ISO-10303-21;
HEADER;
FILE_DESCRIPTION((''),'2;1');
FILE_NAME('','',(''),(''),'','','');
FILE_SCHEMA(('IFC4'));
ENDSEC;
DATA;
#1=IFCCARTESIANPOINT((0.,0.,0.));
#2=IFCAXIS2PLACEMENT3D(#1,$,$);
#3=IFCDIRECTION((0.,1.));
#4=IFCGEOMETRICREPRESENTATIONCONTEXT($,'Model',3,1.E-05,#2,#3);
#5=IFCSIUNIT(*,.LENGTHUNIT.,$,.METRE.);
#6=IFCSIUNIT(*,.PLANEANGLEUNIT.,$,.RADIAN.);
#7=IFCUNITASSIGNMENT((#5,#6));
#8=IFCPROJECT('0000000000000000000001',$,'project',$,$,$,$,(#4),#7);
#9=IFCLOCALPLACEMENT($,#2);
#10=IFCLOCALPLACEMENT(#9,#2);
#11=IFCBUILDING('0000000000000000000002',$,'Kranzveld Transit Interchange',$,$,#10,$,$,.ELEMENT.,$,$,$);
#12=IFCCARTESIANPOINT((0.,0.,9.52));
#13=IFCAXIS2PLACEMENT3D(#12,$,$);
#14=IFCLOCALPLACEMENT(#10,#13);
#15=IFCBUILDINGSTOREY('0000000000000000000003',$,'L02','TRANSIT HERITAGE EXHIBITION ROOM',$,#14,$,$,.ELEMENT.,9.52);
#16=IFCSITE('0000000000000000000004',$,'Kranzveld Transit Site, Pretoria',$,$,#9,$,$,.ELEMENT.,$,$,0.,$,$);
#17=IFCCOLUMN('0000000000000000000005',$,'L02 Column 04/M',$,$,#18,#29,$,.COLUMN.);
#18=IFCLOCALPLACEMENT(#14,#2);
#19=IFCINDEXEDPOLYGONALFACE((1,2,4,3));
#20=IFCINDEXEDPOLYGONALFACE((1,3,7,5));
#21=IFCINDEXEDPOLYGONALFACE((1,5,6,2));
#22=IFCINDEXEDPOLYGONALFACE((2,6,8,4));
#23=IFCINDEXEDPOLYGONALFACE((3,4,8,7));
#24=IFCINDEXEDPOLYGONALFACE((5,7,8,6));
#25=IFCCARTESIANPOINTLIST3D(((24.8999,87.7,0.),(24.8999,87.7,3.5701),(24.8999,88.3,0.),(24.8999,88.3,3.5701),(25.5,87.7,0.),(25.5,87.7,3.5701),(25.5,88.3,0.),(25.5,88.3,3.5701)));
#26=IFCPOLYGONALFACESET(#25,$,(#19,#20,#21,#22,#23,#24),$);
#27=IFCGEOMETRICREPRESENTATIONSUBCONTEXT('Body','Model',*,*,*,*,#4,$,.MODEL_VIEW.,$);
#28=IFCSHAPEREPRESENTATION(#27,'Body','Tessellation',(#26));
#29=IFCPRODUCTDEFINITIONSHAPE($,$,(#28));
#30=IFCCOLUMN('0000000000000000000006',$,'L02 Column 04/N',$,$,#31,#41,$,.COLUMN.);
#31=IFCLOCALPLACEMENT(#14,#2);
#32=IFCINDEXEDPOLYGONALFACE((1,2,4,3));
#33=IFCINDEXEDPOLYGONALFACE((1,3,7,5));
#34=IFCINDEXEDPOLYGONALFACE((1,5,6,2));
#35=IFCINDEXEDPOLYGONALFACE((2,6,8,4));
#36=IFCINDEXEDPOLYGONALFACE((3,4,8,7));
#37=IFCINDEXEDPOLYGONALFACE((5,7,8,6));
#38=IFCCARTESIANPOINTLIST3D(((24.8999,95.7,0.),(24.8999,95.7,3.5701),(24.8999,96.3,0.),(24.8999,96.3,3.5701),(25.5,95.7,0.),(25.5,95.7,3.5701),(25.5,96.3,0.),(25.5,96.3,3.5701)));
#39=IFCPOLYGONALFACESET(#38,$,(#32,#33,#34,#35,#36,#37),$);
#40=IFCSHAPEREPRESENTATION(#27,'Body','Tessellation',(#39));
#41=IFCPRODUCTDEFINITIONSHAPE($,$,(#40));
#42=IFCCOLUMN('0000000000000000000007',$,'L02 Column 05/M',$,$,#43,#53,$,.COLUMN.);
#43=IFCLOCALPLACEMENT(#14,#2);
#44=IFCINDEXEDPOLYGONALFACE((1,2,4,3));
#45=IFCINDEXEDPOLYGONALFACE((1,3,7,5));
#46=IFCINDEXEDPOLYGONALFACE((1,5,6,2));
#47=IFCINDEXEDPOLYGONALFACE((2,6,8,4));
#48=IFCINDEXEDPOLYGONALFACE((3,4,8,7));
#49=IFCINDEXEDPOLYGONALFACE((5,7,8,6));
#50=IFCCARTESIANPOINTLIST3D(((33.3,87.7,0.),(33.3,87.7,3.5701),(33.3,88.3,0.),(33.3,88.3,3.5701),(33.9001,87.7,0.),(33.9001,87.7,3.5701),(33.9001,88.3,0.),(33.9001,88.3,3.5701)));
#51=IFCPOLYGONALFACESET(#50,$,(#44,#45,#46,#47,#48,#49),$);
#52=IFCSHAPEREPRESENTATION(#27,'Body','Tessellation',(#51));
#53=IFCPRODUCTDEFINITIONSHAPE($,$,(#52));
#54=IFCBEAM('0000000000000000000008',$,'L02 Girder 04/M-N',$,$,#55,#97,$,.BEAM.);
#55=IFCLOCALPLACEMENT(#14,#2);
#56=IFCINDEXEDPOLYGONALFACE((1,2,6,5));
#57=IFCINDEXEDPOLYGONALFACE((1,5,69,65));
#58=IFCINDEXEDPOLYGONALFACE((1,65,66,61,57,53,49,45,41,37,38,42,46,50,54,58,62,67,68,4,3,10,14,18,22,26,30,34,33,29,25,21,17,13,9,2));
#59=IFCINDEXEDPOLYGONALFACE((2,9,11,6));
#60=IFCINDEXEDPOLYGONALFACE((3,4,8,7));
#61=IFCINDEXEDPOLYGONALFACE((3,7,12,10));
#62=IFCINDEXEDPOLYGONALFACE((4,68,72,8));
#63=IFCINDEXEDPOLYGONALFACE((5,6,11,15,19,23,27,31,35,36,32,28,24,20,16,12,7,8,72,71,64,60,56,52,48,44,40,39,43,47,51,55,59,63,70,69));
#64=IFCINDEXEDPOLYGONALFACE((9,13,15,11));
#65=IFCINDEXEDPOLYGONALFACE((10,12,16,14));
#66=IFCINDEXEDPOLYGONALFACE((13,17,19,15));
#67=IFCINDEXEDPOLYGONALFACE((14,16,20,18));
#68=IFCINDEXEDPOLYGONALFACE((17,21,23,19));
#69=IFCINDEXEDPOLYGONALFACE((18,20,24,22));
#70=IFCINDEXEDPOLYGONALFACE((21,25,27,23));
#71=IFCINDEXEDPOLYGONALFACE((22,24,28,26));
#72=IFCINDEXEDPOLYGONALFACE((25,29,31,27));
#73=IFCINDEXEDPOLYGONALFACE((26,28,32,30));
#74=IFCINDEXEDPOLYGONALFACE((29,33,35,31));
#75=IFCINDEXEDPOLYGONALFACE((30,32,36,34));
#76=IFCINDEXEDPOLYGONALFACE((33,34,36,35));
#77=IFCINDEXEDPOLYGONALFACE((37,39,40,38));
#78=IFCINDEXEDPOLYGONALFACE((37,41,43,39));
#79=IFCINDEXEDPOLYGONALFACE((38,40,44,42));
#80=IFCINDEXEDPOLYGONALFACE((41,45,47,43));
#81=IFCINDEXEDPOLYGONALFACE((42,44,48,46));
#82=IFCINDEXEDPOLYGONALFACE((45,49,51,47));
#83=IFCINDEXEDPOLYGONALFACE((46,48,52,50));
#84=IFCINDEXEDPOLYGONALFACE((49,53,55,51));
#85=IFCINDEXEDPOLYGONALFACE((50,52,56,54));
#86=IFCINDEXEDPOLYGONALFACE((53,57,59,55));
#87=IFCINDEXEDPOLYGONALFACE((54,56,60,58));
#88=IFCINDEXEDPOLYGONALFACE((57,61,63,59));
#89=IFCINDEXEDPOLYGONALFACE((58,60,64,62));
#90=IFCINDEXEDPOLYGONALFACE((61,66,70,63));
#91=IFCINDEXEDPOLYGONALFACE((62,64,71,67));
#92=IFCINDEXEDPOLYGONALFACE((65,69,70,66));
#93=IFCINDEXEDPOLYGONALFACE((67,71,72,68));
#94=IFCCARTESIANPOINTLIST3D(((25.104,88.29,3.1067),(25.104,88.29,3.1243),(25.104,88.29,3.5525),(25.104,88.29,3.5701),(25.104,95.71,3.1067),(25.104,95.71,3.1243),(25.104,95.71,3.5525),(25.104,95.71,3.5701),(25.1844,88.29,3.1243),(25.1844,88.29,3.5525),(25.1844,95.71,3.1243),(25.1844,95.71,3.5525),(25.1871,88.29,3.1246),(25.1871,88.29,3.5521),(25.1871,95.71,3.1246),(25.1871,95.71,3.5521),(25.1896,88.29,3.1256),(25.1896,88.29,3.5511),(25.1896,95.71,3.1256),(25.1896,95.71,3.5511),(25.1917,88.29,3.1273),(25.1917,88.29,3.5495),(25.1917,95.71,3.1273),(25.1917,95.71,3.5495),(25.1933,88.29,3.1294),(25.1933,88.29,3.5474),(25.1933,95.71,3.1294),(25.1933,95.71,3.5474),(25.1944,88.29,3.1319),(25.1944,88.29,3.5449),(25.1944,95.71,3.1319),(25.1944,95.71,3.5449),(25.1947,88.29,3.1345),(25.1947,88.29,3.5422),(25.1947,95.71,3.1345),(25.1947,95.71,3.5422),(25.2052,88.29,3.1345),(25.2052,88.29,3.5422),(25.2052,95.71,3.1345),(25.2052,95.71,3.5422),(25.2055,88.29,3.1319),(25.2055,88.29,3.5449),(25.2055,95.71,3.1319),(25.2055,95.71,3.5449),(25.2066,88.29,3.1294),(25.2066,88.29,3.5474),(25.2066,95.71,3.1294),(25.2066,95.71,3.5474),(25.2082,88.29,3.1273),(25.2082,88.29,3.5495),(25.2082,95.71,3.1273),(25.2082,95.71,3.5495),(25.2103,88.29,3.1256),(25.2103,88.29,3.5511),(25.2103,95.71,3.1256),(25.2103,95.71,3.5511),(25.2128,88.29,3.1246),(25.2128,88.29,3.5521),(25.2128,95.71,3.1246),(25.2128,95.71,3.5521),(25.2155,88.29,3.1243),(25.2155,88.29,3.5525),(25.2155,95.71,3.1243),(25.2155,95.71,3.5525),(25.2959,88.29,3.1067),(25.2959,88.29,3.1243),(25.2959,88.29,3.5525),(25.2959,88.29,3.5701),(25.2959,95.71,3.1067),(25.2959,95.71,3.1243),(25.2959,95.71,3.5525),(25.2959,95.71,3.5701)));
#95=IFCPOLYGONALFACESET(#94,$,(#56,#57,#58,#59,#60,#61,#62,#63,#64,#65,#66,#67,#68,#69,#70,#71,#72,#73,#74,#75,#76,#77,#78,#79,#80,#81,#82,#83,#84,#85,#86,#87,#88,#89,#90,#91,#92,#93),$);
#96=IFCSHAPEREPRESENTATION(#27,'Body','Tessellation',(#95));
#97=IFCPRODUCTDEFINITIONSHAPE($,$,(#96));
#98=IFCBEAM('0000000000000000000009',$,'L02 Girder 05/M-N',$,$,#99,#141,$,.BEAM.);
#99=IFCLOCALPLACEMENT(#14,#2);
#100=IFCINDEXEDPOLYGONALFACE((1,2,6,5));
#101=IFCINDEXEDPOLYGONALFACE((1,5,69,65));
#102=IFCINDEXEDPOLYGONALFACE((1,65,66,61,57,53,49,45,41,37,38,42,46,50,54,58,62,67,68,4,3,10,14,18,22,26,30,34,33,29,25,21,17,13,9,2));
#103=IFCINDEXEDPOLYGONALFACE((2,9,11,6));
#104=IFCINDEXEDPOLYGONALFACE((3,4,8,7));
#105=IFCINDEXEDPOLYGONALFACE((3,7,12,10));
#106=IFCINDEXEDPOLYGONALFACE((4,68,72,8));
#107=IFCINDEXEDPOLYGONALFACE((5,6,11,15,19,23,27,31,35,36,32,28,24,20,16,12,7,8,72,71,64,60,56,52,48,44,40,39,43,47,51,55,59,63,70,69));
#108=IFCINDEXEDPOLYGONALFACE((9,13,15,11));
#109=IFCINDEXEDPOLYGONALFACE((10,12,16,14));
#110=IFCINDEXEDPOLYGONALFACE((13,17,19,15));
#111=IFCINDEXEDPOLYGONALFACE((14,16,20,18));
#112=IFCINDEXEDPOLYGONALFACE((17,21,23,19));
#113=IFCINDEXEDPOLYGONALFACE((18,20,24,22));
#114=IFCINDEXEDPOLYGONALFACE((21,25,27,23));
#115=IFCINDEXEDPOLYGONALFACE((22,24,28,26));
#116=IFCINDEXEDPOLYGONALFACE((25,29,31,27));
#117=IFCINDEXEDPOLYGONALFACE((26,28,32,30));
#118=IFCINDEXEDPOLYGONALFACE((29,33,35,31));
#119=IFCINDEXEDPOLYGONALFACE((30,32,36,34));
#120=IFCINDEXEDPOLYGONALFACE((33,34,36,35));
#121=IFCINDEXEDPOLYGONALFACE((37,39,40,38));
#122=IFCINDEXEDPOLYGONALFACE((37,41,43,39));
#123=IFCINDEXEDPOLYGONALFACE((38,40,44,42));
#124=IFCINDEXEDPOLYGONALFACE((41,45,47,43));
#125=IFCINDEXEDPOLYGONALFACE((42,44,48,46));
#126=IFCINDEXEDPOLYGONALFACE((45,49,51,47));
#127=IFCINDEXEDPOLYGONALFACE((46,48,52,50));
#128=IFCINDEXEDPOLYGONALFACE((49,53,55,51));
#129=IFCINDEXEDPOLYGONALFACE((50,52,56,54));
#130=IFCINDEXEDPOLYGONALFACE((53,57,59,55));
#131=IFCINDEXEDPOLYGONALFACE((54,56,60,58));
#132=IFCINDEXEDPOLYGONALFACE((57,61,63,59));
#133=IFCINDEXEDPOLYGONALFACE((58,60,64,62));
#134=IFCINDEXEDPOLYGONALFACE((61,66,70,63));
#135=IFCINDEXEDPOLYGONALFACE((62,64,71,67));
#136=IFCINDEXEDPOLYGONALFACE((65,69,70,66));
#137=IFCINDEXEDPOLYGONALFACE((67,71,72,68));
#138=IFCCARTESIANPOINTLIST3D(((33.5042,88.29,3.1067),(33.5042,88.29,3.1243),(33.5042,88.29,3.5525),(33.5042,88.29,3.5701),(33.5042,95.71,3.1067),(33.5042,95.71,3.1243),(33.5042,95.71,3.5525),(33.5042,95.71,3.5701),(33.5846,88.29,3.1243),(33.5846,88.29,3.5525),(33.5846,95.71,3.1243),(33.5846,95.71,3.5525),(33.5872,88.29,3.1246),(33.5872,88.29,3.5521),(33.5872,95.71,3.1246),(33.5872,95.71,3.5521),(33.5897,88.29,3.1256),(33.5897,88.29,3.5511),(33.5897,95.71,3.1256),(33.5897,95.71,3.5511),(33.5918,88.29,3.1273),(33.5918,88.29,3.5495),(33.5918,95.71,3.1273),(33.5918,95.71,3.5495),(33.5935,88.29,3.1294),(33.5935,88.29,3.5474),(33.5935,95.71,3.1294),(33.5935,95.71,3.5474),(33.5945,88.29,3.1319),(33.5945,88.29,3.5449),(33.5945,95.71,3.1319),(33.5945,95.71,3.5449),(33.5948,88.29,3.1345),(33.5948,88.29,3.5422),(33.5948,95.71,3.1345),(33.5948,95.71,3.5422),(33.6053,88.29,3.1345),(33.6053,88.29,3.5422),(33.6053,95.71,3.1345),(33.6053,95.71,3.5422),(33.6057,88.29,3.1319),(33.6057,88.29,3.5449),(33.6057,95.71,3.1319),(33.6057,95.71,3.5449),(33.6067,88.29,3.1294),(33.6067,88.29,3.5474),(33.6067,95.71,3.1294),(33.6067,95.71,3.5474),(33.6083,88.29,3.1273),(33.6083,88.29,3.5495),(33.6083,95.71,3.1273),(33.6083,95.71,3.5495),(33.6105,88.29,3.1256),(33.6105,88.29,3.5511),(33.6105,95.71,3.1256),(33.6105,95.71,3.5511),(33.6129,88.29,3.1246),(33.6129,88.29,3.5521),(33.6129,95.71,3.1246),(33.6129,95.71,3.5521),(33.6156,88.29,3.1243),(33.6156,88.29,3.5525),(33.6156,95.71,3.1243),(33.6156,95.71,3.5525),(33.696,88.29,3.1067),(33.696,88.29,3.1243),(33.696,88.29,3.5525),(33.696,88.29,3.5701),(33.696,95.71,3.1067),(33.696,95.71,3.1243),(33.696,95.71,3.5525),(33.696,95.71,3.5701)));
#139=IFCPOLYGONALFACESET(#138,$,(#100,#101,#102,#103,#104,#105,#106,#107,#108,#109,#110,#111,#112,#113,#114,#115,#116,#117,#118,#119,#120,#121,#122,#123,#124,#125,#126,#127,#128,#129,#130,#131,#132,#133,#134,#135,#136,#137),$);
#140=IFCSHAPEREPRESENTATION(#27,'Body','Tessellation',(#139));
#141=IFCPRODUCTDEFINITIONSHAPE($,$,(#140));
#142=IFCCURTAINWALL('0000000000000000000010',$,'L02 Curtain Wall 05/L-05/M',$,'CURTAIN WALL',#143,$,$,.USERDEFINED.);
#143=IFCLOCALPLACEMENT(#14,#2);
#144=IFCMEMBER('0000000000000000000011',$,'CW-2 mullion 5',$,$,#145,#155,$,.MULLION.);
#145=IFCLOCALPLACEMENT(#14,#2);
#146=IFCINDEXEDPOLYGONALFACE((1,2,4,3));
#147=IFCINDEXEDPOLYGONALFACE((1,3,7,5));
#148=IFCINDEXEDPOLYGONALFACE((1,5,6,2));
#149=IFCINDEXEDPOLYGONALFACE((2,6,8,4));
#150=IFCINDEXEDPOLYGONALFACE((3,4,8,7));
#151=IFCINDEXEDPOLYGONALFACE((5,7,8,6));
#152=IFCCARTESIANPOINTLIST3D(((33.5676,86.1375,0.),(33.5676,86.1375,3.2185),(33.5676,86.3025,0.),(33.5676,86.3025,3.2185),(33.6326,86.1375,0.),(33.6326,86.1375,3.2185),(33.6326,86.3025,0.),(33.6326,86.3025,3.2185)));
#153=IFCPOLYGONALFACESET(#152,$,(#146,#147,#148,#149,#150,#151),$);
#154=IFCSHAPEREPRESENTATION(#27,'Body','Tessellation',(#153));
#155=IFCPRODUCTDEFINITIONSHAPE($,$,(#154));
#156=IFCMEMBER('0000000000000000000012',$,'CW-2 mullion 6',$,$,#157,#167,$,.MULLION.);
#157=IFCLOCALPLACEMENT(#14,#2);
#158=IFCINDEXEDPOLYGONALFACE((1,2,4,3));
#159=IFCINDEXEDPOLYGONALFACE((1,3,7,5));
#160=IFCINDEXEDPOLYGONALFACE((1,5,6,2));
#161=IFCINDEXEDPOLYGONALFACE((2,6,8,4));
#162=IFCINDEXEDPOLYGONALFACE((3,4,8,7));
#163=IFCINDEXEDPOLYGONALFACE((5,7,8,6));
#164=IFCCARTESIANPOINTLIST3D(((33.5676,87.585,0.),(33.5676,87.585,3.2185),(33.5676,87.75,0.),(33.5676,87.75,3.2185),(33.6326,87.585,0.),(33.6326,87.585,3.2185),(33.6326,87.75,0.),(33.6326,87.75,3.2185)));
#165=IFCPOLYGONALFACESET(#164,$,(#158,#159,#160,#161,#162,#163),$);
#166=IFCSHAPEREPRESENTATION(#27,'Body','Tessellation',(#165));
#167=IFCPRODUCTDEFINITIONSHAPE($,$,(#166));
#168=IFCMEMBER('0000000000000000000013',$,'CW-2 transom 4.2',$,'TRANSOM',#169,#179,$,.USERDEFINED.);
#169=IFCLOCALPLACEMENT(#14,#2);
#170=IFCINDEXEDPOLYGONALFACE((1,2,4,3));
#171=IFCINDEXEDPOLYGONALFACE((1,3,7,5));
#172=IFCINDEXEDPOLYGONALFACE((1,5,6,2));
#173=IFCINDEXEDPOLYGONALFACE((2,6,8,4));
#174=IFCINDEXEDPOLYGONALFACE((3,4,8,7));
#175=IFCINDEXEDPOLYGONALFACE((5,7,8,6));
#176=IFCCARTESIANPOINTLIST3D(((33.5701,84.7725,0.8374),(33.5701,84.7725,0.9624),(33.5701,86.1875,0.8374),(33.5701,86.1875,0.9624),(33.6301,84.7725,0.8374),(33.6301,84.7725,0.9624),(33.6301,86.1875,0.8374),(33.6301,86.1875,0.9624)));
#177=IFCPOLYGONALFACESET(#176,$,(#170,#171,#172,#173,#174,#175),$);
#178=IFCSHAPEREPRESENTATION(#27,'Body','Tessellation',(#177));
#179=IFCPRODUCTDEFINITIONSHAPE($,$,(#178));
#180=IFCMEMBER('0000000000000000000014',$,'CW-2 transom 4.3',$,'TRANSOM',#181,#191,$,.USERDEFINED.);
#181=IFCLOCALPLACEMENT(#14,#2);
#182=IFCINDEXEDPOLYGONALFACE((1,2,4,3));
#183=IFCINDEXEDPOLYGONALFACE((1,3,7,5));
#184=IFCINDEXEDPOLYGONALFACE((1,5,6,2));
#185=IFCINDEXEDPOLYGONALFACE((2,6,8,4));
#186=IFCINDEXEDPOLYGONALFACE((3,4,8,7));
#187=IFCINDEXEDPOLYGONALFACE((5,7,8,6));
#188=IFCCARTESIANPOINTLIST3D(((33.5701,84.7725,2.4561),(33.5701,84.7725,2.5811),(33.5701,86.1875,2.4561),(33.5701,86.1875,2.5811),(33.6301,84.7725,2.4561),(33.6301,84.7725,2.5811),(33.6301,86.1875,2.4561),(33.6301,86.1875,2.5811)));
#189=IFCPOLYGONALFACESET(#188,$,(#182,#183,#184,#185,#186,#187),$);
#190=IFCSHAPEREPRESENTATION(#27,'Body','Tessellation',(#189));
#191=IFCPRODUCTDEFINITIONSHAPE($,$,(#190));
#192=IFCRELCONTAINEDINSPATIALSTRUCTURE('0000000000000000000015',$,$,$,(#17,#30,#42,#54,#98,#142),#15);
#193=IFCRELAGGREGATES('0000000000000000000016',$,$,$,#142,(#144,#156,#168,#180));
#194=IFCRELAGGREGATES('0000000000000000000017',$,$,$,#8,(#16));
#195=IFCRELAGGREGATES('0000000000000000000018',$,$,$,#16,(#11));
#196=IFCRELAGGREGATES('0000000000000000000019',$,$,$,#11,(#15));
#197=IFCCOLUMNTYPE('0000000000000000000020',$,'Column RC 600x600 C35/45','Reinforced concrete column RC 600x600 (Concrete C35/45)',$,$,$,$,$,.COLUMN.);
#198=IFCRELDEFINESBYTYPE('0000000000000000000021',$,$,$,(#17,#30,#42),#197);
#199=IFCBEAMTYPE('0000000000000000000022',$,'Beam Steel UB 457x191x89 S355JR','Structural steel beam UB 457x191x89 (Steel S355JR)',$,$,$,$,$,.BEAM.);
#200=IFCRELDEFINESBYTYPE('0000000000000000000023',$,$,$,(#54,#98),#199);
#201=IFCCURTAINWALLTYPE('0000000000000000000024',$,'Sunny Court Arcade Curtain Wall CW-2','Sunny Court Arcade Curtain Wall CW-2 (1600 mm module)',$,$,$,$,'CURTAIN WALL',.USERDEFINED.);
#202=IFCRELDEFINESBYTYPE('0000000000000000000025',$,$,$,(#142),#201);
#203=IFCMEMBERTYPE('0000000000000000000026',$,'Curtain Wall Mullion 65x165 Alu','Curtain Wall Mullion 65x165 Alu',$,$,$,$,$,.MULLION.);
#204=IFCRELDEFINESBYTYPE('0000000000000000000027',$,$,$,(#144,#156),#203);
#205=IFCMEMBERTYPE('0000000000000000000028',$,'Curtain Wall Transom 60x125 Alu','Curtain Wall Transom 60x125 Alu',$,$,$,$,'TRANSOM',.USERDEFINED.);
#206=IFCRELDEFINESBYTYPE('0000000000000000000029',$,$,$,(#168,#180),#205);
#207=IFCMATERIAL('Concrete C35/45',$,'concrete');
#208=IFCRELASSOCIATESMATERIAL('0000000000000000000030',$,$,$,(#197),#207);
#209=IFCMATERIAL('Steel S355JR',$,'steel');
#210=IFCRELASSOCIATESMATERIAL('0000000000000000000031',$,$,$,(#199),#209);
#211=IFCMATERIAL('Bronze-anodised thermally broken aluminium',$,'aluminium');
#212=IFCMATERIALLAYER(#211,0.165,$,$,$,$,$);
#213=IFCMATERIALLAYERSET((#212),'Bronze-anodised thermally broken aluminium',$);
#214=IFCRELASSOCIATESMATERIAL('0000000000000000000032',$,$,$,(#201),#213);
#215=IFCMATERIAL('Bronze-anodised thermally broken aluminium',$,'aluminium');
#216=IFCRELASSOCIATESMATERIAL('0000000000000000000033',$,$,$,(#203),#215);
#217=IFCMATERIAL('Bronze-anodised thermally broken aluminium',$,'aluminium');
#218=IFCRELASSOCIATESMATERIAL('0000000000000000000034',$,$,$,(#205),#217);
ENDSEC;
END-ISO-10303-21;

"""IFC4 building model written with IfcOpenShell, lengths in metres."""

from ifc_helpers import new_model, si_unit, direction, frame, origin, origin_2d, place, context, subcontext, project, spatial, rectangle, i_section, extrude, material, layer, layer_set, material_profile, profile_set, type_object, element, aggregate, save


model = new_model("IFC4")

# Units and contexts
model_context = context("Model", 3, precision=1e-05, world=origin(), true_north=direction((0.0, 1.0)))
body_context = subcontext(model_context, "Body", "Model", "MODEL_VIEW")
ifc_project = project(units=[si_unit("LENGTHUNIT", "METRE"), si_unit("PLANEANGLEUNIT", "RADIAN")], contexts=[model_context])

# Site, building, storey
site_placement = place(None, origin())
site = spatial("IfcSite", under=ifc_project, at=site_placement, Name="Kranzveld Transit Site, Pretoria", CompositionType="ELEMENT", RefElevation=0.0)
building_placement = place(site_placement, origin())
building = spatial("IfcBuilding", under=site, at=building_placement, Name="Kranzveld Transit Interchange", CompositionType="ELEMENT")
storey_placement = place(building_placement, frame((0.0, 0.0, 9.52)))
storey = spatial("IfcBuildingStorey", under=building, at=storey_placement, Name="L02", Description="TRANSIT HERITAGE EXHIBITION ROOM", CompositionType="ELEMENT", Elevation=9.52)

# Columns
ifc_material_1 = material(Name="Concrete C35/45", Category="concrete")
ifc_material_profile_1 = material_profile(ifc_material_1, rectangle(XDim=0.6001, YDim=0.6001, at=origin_2d()), Name="RC 600x600")
ifc_profile_set_1 = profile_set([ifc_material_profile_1], Name="Concrete C35/45")
column_type = type_object("IfcColumnType", Name="Column RC 600x600 C35/45", Description="Reinforced concrete column RC 600x600 (Concrete C35/45)", PredefinedType="COLUMN", material=ifc_profile_set_1)
for number, where, z_axis, x_axis, name in (
    (1, (25.2, 88.0, 0.0), (0.0, 0.0, 1.0), (1.0, 0.0, 0.0), "L02 Column 04/M"),
    (2, (25.2, 96.0, 0.0), (0.0, 0.0, 1.0), (1.0, 0.0, 0.0), "L02 Column 04/N"),
    (3, (33.6001, 88.0, 0.0), (0.0, 0.0, 1.0), (1.0, 0.0, 0.0), "L02 Column 05/M"),
):
    element("IfcColumn", number, at=place(storey_placement, frame(where, z_axis=z_axis, x_axis=x_axis)), inside=storey, type_object=column_type, Name=name, PredefinedType="COLUMN", context=body_context, shape_type="SweptSolid", body=[
        extrude(rectangle(XDim=0.6001, YDim=0.6001, at=origin_2d()), origin(), (0.0, 0.0, 1.0), 3.5701),
    ])

# Beams
ifc_material_2 = material(Name="Steel S355JR", Category="steel")
ifc_material_profile_2 = material_profile(ifc_material_2, i_section(OverallWidth=0.1919, OverallDepth=0.4634, WebThickness=0.0105, FlangeThickness=0.0176, FilletRadius=0.0103, at=origin_2d()), Name="UB 457x191x89")
ifc_profile_set_2 = profile_set([ifc_material_profile_2], Name="Steel S355JR")
beam_type_1 = type_object("IfcBeamType", Name="Beam Steel UB 457x191x89 S355JR", Description="Structural steel beam UB 457x191x89 (Steel S355JR)", PredefinedType="BEAM", material=ifc_profile_set_2)
for number, where, z_axis, x_axis, name in (
    (4, (25.2, 88.29, 3.3384), (0.0, 1.0, 0.0), (-1.0, 0.0, 0.0), "L02 Girder 04/M-N"),
    (5, (33.6001, 88.29, 3.3384), (0.0, 1.0, 0.0), (-1.0, 0.0, 0.0), "L02 Girder 05/M-N"),
):
    element("IfcBeam", number, at=place(storey_placement, frame(where, z_axis=z_axis, x_axis=x_axis)), inside=storey, type_object=beam_type_1, Name=name, PredefinedType="BEAM", context=body_context, shape_type="SweptSolid", body=[
        extrude(i_section(OverallWidth=0.1919, OverallDepth=0.4634, WebThickness=0.0105, FlangeThickness=0.0176, FilletRadius=0.0103, at=origin_2d()), origin(), (0.0, 0.0, 1.0), 7.4199),
    ])

# Curtain wall, members
ifc_material_3 = material(Name="Bronze-anodised thermally broken aluminium", Category="aluminium")
ifc_layer_1 = layer(ifc_material_3, 0.165)
ifc_layer_set_1 = layer_set([ifc_layer_1], Name="Bronze-anodised thermally broken aluminium")
curtain_wall_type = type_object("IfcCurtainWallType", Name="Sunny Court Arcade Curtain Wall CW-2", Description="Sunny Court Arcade Curtain Wall CW-2 (1600 mm module)", ElementType="CURTAIN WALL", PredefinedType="USERDEFINED", material=ifc_layer_set_1)
curtain_wall_placement = place(storey_placement, origin())
curtain_wall = element("IfcCurtainWall", 6, at=curtain_wall_placement, inside=storey, type_object=curtain_wall_type, Name="L02 Curtain Wall 05/L-05/M", ObjectType="CURTAIN WALL", PredefinedType="USERDEFINED")
ifc_material_4 = material(Name="Bronze-anodised thermally broken aluminium", Category="aluminium")
ifc_material_profile_3 = material_profile(ifc_material_4, rectangle(XDim=0.0649, YDim=0.165, at=origin_2d()), Name="ALU MULLION 65x165")
ifc_profile_set_3 = profile_set([ifc_material_profile_3], Name="Bronze-anodised thermally broken aluminium")
member_type_1 = type_object("IfcMemberType", Name="Curtain Wall Mullion 65x165 Alu", Description="Curtain Wall Mullion 65x165 Alu", PredefinedType="MULLION", material=ifc_profile_set_3)
member_1_placement = place(storey_placement, frame((33.6001, 86.22, 0.0), z_axis=(0.0, 0.0, 1.0), x_axis=(-1.0, 0.0, 0.0)))
member_1 = element("IfcMember", 7, at=member_1_placement, type_object=member_type_1, Name="CW-2 mullion 5", PredefinedType="MULLION", context=body_context, shape_type="SweptSolid", body=[
    extrude(rectangle(XDim=0.0649, YDim=0.165, at=origin_2d()), origin(), (0.0, 0.0, 1.0), 3.2185),
])
member_2_placement = place(storey_placement, frame((33.6001, 87.6675, 0.0), z_axis=(0.0, 0.0, 1.0), x_axis=(-1.0, 0.0, 0.0)))
member_2 = element("IfcMember", 8, at=member_2_placement, type_object=member_type_1, Name="CW-2 mullion 6", PredefinedType="MULLION", context=body_context, shape_type="SweptSolid", body=[
    extrude(rectangle(XDim=0.0649, YDim=0.165, at=origin_2d()), origin(), (0.0, 0.0, 1.0), 3.2185),
])
ifc_material_5 = material(Name="Bronze-anodised thermally broken aluminium", Category="aluminium")
ifc_material_profile_4 = material_profile(ifc_material_5, rectangle(XDim=0.0601, YDim=0.125, at=origin_2d()), Name="ALU TRANSOM 60x125")
ifc_profile_set_4 = profile_set([ifc_material_profile_4], Name="Bronze-anodised thermally broken aluminium")
member_type_2 = type_object("IfcMemberType", Name="Curtain Wall Transom 60x125 Alu", Description="Curtain Wall Transom 60x125 Alu", ElementType="TRANSOM", PredefinedType="USERDEFINED", material=ifc_profile_set_4)
member_3_placement = place(storey_placement, frame((33.6001, 84.7725, 0.8999), z_axis=(0.0, 1.0, 0.0), x_axis=(-1.0, 0.0, 0.0)))
member_3 = element("IfcMember", 9, at=member_3_placement, type_object=member_type_2, Name="CW-2 transom 4.2", ObjectType="TRANSOM", PredefinedType="USERDEFINED", context=body_context, shape_type="SweptSolid", body=[
    extrude(rectangle(XDim=0.0601, YDim=0.125, at=origin_2d()), origin(), (0.0, 0.0, 1.0), 1.415),
])
member_4_placement = place(storey_placement, frame((33.6001, 84.7725, 2.5186), z_axis=(0.0, 1.0, 0.0), x_axis=(-1.0, 0.0, 0.0)))
member_4 = element("IfcMember", 10, at=member_4_placement, type_object=member_type_2, Name="CW-2 transom 4.3", ObjectType="TRANSOM", PredefinedType="USERDEFINED", context=body_context, shape_type="SweptSolid", body=[
    extrude(rectangle(XDim=0.0601, YDim=0.125, at=origin_2d()), origin(), (0.0, 0.0, 1.0), 1.415),
])

aggregate(curtain_wall, [member_1, member_2, member_3, member_4])

save(model, "model.ifc")
